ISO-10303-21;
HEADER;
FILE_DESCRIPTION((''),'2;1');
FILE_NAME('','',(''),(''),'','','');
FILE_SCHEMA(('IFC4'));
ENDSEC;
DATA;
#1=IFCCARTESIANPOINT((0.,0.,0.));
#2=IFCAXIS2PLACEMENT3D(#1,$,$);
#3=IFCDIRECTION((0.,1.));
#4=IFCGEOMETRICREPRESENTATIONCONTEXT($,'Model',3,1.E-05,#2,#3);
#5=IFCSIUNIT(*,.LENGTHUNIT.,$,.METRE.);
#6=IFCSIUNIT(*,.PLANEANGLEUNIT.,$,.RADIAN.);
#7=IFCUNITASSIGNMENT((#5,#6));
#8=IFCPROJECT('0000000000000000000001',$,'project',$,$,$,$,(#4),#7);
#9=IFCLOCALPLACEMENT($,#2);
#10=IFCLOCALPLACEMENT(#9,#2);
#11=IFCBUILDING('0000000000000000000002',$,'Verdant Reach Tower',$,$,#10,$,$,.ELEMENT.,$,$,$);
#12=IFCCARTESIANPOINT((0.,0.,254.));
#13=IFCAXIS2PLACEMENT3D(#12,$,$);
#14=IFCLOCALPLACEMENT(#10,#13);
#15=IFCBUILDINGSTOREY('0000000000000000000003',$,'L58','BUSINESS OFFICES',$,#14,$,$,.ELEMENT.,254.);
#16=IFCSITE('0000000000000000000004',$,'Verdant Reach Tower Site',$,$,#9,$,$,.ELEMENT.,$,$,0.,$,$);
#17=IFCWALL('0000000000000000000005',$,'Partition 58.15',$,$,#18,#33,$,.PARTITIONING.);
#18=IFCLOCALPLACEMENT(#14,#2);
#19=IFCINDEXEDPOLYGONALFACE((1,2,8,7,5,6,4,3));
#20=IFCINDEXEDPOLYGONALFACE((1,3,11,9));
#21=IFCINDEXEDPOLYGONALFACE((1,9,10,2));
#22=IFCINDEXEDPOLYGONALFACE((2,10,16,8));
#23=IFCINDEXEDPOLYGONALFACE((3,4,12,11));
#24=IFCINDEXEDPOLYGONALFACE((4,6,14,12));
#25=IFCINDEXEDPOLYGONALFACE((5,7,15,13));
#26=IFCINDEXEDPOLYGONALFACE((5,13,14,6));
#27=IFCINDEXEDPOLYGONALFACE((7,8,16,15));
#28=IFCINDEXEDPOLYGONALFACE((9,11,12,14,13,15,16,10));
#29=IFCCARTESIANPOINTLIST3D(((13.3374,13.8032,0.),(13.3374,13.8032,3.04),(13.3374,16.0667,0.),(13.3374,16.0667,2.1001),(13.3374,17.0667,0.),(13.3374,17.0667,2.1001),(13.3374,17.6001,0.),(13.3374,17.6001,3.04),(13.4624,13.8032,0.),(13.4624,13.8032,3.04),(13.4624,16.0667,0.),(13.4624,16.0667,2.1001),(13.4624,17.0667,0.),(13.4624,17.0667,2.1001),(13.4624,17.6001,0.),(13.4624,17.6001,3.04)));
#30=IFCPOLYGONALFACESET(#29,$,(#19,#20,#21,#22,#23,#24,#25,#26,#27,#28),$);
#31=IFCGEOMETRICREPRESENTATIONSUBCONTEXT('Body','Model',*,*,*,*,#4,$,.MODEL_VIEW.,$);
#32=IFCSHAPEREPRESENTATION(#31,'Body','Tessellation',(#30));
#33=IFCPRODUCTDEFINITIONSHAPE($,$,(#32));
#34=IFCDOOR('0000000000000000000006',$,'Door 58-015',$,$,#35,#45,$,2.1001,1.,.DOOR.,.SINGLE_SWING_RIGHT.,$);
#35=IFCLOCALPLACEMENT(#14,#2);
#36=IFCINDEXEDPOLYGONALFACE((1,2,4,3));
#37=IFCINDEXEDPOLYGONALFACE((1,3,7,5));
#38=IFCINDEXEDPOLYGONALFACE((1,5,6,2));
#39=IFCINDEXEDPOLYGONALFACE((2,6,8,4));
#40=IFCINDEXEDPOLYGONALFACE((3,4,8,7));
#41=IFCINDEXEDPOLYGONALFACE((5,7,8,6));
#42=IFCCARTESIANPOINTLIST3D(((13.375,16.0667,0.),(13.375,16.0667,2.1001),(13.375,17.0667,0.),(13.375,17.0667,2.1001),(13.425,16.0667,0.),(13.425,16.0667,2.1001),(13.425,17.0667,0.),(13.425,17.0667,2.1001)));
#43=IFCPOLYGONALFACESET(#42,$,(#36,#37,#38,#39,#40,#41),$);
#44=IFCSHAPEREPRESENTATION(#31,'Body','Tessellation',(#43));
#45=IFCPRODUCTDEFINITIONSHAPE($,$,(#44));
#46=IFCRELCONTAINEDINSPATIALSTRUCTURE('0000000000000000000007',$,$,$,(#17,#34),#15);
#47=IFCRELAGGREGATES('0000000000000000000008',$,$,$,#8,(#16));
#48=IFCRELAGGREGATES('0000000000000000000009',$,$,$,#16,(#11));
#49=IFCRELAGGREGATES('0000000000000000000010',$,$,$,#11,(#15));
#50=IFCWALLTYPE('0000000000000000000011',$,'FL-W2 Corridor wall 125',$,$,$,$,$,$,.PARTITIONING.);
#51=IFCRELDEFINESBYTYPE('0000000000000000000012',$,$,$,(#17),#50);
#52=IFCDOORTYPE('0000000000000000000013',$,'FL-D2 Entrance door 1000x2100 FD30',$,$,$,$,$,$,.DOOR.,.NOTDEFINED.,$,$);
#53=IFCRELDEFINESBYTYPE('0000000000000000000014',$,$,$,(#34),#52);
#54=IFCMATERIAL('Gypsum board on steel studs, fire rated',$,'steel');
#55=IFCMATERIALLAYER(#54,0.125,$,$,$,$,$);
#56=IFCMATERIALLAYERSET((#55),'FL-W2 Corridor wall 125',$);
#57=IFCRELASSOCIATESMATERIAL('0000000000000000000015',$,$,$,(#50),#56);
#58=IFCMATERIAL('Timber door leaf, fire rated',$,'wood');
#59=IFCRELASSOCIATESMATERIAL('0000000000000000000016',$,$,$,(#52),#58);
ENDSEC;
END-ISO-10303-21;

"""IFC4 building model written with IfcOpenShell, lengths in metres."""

from ifc_helpers import new_model, si_unit, direction, frame, frame_2d, origin, place, context, subcontext, project, spatial, rectangle, extrude, material, layer, layer_set, type_object, element, fill, save


model = new_model("IFC4")

# Units and contexts
model_context = context("Model", 3, precision=1e-05, world=origin(), true_north=direction((0.0, 1.0)))
body_context = subcontext(model_context, "Body", "Model", "MODEL_VIEW")
ifc_project = project(units=[si_unit("LENGTHUNIT", "METRE"), si_unit("PLANEANGLEUNIT", "RADIAN")], contexts=[model_context])

# Site, building, storey
site_placement = place(None, origin())
site = spatial("IfcSite", under=ifc_project, at=site_placement, Name="Verdant Reach Tower Site", CompositionType="ELEMENT", RefElevation=0.0)
building_placement = place(site_placement, origin())
building = spatial("IfcBuilding", under=site, at=building_placement, Name="Verdant Reach Tower", CompositionType="ELEMENT")
storey_placement = place(building_placement, frame((0.0, 0.0, 254.0)))
storey = spatial("IfcBuildingStorey", under=building, at=storey_placement, Name="L58", Description="BUSINESS OFFICES", CompositionType="ELEMENT", Elevation=254.0)

# Wall, opening, door
ifc_material_1 = material(Name="Gypsum board on steel studs, fire rated", Category="steel")
ifc_layer_1 = layer(ifc_material_1, 0.125)
ifc_layer_set_1 = layer_set([ifc_layer_1], Name="FL-W2 Corridor wall 125")
wall_type_1 = type_object("IfcWallType", Name="FL-W2 Corridor wall 125", PredefinedType="PARTITIONING", material=ifc_layer_set_1)
ifc_material_2 = material(Name="Timber door leaf, fire rated", Category="wood")
door_type_1 = type_object("IfcDoorType", Name="FL-D2 Entrance door 1000x2100 FD30", OperationType="NOTDEFINED", PredefinedType="DOOR", material=ifc_material_2)
wall_1_placement = place(storey_placement, frame((13.3999, 13.8032, 0.0), z_axis=(0.0, 0.0, 1.0), x_axis=(0.0, 1.0, 0.0)))
wall_1 = element("IfcWall", 1, at=wall_1_placement, inside=storey, type_object=wall_type_1, Name="Partition 58.15", PredefinedType="PARTITIONING", context=body_context, shape_type="SweptSolid", body=[
    extrude(rectangle(XDim=3.7969, YDim=0.125, at=frame_2d((1.8984, 0.0))), origin(), (0.0, 0.0, 1.0), 3.04),
])
opening_1_placement = place(wall_1_placement, frame((2.2634, 0.0, 0.0)))
opening_1 = element("IfcOpeningElement", 2, at=opening_1_placement, cuts=wall_1, PredefinedType="OPENING", context=body_context, shape_type="SweptSolid", body=[
    extrude(rectangle(XDim=1.0, YDim=2.1001, at=frame_2d((0.5, 1.05))), frame((0.0, 0.0725, 0.0), z_axis=(0.0, -1.0, 0.0), x_axis=(1.0, 0.0, 0.0)), (0.0, 0.0, 1.0), 0.145),
])
door_1_placement = place(opening_1_placement, origin())
door_1 = element("IfcDoor", 3, at=door_1_placement, inside=storey, type_object=door_type_1, Name="Door 58-015", OperationType="SINGLE_SWING_RIGHT", OverallHeight=2.1001, OverallWidth=1.0, PredefinedType="DOOR", context=body_context, shape_type="SweptSolid", body=[
    extrude(rectangle(XDim=1.0, YDim=2.1001, at=frame_2d((0.5, 1.05))), frame((0.0, 0.0249, 0.0), z_axis=(0.0, -1.0, 0.0), x_axis=(1.0, 0.0, 0.0)), (0.0, 0.0, 1.0), 0.05),
])
fill(opening_1, door_1)

save(model, "model.ifc")
